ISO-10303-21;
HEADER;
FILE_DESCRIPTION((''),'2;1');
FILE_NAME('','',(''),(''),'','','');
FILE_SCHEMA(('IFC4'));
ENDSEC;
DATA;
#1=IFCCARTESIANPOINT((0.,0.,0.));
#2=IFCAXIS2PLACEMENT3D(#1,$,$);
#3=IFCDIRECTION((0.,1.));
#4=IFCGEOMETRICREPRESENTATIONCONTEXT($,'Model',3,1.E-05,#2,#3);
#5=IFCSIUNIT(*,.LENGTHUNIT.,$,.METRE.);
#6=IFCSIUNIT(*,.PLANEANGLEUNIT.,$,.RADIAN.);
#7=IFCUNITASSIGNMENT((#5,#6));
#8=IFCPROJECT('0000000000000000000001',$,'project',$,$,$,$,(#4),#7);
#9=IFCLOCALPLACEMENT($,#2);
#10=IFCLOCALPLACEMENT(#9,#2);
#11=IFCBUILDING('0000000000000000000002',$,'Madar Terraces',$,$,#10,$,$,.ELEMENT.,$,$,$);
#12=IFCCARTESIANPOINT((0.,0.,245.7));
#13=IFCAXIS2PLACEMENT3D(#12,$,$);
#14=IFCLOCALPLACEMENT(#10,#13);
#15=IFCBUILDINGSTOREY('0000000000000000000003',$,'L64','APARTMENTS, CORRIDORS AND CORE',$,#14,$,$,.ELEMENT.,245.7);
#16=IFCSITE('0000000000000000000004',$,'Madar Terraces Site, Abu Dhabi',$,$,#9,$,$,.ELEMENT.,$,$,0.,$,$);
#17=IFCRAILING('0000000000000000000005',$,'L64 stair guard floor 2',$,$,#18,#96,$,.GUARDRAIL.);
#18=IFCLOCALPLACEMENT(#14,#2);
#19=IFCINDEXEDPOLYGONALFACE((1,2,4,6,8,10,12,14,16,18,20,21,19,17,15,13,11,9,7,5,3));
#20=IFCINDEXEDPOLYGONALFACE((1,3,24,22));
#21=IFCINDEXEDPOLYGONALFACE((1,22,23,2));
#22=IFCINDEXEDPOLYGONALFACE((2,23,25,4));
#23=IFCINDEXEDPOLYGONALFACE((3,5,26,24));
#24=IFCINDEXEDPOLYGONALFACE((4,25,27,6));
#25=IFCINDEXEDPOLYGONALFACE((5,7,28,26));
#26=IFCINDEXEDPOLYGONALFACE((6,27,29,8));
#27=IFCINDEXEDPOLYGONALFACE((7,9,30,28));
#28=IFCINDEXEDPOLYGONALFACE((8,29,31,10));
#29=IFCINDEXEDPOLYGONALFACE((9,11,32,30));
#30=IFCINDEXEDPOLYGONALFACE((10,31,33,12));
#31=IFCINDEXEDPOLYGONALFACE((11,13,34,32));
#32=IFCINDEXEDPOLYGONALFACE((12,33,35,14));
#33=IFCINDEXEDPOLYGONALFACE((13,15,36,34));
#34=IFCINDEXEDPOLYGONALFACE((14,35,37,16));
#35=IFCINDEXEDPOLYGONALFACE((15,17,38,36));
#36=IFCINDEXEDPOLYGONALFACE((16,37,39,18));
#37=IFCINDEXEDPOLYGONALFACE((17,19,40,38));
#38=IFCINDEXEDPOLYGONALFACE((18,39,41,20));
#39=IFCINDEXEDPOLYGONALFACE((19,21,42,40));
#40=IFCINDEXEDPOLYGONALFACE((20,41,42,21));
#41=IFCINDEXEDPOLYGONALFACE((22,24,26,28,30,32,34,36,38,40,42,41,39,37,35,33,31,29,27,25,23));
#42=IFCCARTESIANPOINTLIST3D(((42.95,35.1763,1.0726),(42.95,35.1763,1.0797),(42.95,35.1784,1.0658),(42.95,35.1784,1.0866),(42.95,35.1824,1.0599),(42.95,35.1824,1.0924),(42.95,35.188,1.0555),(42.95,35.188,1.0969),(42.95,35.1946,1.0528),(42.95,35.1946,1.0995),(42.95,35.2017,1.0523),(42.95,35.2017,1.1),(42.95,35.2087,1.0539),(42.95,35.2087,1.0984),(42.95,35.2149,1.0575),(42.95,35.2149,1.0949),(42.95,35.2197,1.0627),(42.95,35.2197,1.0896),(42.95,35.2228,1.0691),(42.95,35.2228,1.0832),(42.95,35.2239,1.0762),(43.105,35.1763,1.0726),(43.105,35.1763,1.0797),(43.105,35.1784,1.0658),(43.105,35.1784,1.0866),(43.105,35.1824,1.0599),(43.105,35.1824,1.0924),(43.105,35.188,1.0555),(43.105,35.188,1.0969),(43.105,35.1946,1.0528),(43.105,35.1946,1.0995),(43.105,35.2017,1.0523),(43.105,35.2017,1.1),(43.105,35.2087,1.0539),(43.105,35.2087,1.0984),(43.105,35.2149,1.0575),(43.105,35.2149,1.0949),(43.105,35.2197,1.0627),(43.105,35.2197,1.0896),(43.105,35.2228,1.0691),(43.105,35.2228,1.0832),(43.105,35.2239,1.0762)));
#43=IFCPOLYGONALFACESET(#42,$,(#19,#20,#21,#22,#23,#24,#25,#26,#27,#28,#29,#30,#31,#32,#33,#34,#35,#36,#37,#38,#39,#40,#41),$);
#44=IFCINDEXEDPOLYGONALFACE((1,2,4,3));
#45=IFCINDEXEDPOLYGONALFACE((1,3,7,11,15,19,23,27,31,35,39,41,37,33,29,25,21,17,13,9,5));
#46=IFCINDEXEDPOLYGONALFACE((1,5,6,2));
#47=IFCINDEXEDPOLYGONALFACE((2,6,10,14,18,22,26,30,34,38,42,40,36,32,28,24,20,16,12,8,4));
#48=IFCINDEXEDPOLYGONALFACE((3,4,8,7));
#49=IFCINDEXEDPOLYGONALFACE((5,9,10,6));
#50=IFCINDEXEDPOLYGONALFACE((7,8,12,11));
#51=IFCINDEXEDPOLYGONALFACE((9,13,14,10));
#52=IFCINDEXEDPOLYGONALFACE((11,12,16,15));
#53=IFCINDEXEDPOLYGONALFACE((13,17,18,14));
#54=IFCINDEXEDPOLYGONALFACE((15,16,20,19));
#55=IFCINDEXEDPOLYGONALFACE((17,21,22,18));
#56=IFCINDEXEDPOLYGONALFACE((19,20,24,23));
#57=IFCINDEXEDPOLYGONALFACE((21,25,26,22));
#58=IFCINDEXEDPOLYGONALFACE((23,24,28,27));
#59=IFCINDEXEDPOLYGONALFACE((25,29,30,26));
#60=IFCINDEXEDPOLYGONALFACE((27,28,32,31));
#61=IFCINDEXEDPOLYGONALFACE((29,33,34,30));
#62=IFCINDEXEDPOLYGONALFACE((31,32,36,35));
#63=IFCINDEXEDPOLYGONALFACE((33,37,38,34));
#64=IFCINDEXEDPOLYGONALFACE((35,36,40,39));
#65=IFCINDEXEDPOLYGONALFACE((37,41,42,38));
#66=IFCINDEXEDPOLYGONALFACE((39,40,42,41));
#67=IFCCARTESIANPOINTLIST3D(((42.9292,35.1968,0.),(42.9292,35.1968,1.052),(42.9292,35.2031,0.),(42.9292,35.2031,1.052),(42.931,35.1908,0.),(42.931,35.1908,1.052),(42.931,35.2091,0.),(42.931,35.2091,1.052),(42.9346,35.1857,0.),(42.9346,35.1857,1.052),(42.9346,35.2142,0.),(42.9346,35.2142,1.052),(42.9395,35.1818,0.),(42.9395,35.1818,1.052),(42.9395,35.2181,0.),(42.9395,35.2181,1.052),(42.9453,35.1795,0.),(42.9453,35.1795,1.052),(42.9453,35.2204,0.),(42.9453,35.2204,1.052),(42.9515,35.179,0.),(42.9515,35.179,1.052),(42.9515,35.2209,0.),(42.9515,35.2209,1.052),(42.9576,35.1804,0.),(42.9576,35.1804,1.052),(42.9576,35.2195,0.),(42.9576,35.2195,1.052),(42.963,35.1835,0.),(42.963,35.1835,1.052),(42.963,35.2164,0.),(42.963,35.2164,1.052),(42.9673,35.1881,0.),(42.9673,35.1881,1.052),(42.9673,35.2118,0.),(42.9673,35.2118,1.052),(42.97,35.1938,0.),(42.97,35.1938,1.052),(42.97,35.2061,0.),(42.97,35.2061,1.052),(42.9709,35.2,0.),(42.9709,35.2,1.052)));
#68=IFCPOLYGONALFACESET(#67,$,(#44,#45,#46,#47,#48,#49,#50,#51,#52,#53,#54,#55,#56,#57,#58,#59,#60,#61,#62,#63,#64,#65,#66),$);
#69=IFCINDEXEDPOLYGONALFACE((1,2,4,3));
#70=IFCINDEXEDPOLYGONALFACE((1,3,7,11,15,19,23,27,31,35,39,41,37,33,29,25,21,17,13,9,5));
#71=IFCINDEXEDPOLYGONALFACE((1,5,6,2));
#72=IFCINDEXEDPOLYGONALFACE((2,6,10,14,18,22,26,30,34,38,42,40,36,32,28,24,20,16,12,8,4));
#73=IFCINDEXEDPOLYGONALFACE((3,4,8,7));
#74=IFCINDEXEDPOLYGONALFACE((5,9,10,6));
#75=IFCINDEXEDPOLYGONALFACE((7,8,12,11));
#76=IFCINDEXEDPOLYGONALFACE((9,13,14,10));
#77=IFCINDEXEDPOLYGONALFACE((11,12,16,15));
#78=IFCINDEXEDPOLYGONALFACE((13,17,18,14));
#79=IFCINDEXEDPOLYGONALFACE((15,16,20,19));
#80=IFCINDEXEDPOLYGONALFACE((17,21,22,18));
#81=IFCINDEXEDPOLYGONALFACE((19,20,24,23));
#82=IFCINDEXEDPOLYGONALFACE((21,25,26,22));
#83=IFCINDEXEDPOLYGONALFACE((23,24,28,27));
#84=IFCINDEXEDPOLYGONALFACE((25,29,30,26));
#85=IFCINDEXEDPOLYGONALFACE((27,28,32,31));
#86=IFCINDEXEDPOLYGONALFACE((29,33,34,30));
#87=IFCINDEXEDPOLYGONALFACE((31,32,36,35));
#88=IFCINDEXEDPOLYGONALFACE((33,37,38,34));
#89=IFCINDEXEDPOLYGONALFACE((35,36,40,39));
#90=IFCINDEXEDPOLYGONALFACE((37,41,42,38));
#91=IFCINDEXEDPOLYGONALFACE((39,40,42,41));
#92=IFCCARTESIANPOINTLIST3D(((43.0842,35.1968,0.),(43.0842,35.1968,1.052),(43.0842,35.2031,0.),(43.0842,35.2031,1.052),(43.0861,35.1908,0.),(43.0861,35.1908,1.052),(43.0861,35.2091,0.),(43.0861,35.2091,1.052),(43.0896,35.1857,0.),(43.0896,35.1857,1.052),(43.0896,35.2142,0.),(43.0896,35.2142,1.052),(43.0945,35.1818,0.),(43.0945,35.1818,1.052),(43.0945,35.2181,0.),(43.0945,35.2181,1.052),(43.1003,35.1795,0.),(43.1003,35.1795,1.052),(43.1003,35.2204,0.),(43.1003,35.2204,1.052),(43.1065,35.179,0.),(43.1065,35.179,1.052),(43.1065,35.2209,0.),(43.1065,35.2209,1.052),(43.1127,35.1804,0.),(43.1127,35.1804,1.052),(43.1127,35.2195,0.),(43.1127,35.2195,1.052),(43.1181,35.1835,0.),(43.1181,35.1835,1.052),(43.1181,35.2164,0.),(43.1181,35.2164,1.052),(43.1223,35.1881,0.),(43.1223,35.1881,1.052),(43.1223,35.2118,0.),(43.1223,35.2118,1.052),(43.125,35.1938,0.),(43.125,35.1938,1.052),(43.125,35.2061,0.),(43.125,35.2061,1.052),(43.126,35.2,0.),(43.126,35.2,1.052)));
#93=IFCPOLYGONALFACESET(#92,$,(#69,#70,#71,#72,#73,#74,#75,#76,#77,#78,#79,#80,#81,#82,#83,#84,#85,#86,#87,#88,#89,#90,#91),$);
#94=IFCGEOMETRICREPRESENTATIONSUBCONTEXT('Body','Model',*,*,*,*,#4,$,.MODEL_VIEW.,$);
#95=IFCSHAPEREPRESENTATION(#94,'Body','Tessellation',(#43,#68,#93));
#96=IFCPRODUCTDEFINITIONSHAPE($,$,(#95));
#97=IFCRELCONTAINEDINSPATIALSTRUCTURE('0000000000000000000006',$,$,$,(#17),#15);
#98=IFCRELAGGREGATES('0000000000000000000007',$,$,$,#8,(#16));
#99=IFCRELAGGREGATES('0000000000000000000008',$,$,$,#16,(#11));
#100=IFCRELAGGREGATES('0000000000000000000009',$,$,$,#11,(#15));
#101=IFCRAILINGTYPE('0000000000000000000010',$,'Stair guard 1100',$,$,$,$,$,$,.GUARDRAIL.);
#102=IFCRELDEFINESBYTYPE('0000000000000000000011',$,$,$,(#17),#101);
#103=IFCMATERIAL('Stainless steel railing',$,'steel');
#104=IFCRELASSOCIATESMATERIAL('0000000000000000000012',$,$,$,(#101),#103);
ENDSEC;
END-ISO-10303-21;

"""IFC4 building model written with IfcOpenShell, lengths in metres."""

from ifc_helpers import new_model, si_unit, direction, frame, origin, origin_2d, place, context, subcontext, project, spatial, circle, extrude, material, type_object, element, save


model = new_model("IFC4")

# Units and contexts
model_context = context("Model", 3, precision=1e-05, world=origin(), true_north=direction((0.0, 1.0)))
body_context = subcontext(model_context, "Body", "Model", "MODEL_VIEW")
ifc_project = project(units=[si_unit("LENGTHUNIT", "METRE"), si_unit("PLANEANGLEUNIT", "RADIAN")], contexts=[model_context])

# Site, building, storey
site_placement = place(None, origin())
site = spatial("IfcSite", under=ifc_project, at=site_placement, Name="Madar Terraces Site, Abu Dhabi", CompositionType="ELEMENT", RefElevation=0.0)
building_placement = place(site_placement, origin())
building = spatial("IfcBuilding", under=site, at=building_placement, Name="Madar Terraces", CompositionType="ELEMENT")
storey_placement = place(building_placement, frame((0.0, 0.0, 245.7)))
storey = spatial("IfcBuildingStorey", under=building, at=storey_placement, Name="L64", Description="APARTMENTS, CORRIDORS AND CORE", CompositionType="ELEMENT", Elevation=245.7)

# Railing
ifc_material_1 = material(Name="Stainless steel railing", Category="steel")
railing_type_1 = type_object("IfcRailingType", Name="Stair guard 1100", PredefinedType="GUARDRAIL", material=ifc_material_1)
for number, where, name in (
    (1, (42.95, 35.2, 0.0), "L64 stair guard floor 2"),
):
    element("IfcRailing", number, at=place(storey_placement, frame(where)), inside=storey, type_object=railing_type_1, Name=name, PredefinedType="GUARDRAIL", context=body_context, shape_type="SweptSolid", body=[
        extrude(circle(Radius=0.0239, at=origin_2d()), frame((0.0, 0.0, 1.0762), z_axis=(1.0, 0.0, 0.0), x_axis=(0.0, 1.0, 0.0)), (0.0, 0.0, 1.0), 0.155),
        extrude(circle(Radius=0.021, at=origin_2d()), origin(), (0.0, 0.0, 1.0), 1.052),
        extrude(circle(Radius=0.021, at=origin_2d()), frame((0.155, 0.0, 0.0)), (0.0, 0.0, 1.0), 1.052),
    ])

save(model, "model.ifc")
